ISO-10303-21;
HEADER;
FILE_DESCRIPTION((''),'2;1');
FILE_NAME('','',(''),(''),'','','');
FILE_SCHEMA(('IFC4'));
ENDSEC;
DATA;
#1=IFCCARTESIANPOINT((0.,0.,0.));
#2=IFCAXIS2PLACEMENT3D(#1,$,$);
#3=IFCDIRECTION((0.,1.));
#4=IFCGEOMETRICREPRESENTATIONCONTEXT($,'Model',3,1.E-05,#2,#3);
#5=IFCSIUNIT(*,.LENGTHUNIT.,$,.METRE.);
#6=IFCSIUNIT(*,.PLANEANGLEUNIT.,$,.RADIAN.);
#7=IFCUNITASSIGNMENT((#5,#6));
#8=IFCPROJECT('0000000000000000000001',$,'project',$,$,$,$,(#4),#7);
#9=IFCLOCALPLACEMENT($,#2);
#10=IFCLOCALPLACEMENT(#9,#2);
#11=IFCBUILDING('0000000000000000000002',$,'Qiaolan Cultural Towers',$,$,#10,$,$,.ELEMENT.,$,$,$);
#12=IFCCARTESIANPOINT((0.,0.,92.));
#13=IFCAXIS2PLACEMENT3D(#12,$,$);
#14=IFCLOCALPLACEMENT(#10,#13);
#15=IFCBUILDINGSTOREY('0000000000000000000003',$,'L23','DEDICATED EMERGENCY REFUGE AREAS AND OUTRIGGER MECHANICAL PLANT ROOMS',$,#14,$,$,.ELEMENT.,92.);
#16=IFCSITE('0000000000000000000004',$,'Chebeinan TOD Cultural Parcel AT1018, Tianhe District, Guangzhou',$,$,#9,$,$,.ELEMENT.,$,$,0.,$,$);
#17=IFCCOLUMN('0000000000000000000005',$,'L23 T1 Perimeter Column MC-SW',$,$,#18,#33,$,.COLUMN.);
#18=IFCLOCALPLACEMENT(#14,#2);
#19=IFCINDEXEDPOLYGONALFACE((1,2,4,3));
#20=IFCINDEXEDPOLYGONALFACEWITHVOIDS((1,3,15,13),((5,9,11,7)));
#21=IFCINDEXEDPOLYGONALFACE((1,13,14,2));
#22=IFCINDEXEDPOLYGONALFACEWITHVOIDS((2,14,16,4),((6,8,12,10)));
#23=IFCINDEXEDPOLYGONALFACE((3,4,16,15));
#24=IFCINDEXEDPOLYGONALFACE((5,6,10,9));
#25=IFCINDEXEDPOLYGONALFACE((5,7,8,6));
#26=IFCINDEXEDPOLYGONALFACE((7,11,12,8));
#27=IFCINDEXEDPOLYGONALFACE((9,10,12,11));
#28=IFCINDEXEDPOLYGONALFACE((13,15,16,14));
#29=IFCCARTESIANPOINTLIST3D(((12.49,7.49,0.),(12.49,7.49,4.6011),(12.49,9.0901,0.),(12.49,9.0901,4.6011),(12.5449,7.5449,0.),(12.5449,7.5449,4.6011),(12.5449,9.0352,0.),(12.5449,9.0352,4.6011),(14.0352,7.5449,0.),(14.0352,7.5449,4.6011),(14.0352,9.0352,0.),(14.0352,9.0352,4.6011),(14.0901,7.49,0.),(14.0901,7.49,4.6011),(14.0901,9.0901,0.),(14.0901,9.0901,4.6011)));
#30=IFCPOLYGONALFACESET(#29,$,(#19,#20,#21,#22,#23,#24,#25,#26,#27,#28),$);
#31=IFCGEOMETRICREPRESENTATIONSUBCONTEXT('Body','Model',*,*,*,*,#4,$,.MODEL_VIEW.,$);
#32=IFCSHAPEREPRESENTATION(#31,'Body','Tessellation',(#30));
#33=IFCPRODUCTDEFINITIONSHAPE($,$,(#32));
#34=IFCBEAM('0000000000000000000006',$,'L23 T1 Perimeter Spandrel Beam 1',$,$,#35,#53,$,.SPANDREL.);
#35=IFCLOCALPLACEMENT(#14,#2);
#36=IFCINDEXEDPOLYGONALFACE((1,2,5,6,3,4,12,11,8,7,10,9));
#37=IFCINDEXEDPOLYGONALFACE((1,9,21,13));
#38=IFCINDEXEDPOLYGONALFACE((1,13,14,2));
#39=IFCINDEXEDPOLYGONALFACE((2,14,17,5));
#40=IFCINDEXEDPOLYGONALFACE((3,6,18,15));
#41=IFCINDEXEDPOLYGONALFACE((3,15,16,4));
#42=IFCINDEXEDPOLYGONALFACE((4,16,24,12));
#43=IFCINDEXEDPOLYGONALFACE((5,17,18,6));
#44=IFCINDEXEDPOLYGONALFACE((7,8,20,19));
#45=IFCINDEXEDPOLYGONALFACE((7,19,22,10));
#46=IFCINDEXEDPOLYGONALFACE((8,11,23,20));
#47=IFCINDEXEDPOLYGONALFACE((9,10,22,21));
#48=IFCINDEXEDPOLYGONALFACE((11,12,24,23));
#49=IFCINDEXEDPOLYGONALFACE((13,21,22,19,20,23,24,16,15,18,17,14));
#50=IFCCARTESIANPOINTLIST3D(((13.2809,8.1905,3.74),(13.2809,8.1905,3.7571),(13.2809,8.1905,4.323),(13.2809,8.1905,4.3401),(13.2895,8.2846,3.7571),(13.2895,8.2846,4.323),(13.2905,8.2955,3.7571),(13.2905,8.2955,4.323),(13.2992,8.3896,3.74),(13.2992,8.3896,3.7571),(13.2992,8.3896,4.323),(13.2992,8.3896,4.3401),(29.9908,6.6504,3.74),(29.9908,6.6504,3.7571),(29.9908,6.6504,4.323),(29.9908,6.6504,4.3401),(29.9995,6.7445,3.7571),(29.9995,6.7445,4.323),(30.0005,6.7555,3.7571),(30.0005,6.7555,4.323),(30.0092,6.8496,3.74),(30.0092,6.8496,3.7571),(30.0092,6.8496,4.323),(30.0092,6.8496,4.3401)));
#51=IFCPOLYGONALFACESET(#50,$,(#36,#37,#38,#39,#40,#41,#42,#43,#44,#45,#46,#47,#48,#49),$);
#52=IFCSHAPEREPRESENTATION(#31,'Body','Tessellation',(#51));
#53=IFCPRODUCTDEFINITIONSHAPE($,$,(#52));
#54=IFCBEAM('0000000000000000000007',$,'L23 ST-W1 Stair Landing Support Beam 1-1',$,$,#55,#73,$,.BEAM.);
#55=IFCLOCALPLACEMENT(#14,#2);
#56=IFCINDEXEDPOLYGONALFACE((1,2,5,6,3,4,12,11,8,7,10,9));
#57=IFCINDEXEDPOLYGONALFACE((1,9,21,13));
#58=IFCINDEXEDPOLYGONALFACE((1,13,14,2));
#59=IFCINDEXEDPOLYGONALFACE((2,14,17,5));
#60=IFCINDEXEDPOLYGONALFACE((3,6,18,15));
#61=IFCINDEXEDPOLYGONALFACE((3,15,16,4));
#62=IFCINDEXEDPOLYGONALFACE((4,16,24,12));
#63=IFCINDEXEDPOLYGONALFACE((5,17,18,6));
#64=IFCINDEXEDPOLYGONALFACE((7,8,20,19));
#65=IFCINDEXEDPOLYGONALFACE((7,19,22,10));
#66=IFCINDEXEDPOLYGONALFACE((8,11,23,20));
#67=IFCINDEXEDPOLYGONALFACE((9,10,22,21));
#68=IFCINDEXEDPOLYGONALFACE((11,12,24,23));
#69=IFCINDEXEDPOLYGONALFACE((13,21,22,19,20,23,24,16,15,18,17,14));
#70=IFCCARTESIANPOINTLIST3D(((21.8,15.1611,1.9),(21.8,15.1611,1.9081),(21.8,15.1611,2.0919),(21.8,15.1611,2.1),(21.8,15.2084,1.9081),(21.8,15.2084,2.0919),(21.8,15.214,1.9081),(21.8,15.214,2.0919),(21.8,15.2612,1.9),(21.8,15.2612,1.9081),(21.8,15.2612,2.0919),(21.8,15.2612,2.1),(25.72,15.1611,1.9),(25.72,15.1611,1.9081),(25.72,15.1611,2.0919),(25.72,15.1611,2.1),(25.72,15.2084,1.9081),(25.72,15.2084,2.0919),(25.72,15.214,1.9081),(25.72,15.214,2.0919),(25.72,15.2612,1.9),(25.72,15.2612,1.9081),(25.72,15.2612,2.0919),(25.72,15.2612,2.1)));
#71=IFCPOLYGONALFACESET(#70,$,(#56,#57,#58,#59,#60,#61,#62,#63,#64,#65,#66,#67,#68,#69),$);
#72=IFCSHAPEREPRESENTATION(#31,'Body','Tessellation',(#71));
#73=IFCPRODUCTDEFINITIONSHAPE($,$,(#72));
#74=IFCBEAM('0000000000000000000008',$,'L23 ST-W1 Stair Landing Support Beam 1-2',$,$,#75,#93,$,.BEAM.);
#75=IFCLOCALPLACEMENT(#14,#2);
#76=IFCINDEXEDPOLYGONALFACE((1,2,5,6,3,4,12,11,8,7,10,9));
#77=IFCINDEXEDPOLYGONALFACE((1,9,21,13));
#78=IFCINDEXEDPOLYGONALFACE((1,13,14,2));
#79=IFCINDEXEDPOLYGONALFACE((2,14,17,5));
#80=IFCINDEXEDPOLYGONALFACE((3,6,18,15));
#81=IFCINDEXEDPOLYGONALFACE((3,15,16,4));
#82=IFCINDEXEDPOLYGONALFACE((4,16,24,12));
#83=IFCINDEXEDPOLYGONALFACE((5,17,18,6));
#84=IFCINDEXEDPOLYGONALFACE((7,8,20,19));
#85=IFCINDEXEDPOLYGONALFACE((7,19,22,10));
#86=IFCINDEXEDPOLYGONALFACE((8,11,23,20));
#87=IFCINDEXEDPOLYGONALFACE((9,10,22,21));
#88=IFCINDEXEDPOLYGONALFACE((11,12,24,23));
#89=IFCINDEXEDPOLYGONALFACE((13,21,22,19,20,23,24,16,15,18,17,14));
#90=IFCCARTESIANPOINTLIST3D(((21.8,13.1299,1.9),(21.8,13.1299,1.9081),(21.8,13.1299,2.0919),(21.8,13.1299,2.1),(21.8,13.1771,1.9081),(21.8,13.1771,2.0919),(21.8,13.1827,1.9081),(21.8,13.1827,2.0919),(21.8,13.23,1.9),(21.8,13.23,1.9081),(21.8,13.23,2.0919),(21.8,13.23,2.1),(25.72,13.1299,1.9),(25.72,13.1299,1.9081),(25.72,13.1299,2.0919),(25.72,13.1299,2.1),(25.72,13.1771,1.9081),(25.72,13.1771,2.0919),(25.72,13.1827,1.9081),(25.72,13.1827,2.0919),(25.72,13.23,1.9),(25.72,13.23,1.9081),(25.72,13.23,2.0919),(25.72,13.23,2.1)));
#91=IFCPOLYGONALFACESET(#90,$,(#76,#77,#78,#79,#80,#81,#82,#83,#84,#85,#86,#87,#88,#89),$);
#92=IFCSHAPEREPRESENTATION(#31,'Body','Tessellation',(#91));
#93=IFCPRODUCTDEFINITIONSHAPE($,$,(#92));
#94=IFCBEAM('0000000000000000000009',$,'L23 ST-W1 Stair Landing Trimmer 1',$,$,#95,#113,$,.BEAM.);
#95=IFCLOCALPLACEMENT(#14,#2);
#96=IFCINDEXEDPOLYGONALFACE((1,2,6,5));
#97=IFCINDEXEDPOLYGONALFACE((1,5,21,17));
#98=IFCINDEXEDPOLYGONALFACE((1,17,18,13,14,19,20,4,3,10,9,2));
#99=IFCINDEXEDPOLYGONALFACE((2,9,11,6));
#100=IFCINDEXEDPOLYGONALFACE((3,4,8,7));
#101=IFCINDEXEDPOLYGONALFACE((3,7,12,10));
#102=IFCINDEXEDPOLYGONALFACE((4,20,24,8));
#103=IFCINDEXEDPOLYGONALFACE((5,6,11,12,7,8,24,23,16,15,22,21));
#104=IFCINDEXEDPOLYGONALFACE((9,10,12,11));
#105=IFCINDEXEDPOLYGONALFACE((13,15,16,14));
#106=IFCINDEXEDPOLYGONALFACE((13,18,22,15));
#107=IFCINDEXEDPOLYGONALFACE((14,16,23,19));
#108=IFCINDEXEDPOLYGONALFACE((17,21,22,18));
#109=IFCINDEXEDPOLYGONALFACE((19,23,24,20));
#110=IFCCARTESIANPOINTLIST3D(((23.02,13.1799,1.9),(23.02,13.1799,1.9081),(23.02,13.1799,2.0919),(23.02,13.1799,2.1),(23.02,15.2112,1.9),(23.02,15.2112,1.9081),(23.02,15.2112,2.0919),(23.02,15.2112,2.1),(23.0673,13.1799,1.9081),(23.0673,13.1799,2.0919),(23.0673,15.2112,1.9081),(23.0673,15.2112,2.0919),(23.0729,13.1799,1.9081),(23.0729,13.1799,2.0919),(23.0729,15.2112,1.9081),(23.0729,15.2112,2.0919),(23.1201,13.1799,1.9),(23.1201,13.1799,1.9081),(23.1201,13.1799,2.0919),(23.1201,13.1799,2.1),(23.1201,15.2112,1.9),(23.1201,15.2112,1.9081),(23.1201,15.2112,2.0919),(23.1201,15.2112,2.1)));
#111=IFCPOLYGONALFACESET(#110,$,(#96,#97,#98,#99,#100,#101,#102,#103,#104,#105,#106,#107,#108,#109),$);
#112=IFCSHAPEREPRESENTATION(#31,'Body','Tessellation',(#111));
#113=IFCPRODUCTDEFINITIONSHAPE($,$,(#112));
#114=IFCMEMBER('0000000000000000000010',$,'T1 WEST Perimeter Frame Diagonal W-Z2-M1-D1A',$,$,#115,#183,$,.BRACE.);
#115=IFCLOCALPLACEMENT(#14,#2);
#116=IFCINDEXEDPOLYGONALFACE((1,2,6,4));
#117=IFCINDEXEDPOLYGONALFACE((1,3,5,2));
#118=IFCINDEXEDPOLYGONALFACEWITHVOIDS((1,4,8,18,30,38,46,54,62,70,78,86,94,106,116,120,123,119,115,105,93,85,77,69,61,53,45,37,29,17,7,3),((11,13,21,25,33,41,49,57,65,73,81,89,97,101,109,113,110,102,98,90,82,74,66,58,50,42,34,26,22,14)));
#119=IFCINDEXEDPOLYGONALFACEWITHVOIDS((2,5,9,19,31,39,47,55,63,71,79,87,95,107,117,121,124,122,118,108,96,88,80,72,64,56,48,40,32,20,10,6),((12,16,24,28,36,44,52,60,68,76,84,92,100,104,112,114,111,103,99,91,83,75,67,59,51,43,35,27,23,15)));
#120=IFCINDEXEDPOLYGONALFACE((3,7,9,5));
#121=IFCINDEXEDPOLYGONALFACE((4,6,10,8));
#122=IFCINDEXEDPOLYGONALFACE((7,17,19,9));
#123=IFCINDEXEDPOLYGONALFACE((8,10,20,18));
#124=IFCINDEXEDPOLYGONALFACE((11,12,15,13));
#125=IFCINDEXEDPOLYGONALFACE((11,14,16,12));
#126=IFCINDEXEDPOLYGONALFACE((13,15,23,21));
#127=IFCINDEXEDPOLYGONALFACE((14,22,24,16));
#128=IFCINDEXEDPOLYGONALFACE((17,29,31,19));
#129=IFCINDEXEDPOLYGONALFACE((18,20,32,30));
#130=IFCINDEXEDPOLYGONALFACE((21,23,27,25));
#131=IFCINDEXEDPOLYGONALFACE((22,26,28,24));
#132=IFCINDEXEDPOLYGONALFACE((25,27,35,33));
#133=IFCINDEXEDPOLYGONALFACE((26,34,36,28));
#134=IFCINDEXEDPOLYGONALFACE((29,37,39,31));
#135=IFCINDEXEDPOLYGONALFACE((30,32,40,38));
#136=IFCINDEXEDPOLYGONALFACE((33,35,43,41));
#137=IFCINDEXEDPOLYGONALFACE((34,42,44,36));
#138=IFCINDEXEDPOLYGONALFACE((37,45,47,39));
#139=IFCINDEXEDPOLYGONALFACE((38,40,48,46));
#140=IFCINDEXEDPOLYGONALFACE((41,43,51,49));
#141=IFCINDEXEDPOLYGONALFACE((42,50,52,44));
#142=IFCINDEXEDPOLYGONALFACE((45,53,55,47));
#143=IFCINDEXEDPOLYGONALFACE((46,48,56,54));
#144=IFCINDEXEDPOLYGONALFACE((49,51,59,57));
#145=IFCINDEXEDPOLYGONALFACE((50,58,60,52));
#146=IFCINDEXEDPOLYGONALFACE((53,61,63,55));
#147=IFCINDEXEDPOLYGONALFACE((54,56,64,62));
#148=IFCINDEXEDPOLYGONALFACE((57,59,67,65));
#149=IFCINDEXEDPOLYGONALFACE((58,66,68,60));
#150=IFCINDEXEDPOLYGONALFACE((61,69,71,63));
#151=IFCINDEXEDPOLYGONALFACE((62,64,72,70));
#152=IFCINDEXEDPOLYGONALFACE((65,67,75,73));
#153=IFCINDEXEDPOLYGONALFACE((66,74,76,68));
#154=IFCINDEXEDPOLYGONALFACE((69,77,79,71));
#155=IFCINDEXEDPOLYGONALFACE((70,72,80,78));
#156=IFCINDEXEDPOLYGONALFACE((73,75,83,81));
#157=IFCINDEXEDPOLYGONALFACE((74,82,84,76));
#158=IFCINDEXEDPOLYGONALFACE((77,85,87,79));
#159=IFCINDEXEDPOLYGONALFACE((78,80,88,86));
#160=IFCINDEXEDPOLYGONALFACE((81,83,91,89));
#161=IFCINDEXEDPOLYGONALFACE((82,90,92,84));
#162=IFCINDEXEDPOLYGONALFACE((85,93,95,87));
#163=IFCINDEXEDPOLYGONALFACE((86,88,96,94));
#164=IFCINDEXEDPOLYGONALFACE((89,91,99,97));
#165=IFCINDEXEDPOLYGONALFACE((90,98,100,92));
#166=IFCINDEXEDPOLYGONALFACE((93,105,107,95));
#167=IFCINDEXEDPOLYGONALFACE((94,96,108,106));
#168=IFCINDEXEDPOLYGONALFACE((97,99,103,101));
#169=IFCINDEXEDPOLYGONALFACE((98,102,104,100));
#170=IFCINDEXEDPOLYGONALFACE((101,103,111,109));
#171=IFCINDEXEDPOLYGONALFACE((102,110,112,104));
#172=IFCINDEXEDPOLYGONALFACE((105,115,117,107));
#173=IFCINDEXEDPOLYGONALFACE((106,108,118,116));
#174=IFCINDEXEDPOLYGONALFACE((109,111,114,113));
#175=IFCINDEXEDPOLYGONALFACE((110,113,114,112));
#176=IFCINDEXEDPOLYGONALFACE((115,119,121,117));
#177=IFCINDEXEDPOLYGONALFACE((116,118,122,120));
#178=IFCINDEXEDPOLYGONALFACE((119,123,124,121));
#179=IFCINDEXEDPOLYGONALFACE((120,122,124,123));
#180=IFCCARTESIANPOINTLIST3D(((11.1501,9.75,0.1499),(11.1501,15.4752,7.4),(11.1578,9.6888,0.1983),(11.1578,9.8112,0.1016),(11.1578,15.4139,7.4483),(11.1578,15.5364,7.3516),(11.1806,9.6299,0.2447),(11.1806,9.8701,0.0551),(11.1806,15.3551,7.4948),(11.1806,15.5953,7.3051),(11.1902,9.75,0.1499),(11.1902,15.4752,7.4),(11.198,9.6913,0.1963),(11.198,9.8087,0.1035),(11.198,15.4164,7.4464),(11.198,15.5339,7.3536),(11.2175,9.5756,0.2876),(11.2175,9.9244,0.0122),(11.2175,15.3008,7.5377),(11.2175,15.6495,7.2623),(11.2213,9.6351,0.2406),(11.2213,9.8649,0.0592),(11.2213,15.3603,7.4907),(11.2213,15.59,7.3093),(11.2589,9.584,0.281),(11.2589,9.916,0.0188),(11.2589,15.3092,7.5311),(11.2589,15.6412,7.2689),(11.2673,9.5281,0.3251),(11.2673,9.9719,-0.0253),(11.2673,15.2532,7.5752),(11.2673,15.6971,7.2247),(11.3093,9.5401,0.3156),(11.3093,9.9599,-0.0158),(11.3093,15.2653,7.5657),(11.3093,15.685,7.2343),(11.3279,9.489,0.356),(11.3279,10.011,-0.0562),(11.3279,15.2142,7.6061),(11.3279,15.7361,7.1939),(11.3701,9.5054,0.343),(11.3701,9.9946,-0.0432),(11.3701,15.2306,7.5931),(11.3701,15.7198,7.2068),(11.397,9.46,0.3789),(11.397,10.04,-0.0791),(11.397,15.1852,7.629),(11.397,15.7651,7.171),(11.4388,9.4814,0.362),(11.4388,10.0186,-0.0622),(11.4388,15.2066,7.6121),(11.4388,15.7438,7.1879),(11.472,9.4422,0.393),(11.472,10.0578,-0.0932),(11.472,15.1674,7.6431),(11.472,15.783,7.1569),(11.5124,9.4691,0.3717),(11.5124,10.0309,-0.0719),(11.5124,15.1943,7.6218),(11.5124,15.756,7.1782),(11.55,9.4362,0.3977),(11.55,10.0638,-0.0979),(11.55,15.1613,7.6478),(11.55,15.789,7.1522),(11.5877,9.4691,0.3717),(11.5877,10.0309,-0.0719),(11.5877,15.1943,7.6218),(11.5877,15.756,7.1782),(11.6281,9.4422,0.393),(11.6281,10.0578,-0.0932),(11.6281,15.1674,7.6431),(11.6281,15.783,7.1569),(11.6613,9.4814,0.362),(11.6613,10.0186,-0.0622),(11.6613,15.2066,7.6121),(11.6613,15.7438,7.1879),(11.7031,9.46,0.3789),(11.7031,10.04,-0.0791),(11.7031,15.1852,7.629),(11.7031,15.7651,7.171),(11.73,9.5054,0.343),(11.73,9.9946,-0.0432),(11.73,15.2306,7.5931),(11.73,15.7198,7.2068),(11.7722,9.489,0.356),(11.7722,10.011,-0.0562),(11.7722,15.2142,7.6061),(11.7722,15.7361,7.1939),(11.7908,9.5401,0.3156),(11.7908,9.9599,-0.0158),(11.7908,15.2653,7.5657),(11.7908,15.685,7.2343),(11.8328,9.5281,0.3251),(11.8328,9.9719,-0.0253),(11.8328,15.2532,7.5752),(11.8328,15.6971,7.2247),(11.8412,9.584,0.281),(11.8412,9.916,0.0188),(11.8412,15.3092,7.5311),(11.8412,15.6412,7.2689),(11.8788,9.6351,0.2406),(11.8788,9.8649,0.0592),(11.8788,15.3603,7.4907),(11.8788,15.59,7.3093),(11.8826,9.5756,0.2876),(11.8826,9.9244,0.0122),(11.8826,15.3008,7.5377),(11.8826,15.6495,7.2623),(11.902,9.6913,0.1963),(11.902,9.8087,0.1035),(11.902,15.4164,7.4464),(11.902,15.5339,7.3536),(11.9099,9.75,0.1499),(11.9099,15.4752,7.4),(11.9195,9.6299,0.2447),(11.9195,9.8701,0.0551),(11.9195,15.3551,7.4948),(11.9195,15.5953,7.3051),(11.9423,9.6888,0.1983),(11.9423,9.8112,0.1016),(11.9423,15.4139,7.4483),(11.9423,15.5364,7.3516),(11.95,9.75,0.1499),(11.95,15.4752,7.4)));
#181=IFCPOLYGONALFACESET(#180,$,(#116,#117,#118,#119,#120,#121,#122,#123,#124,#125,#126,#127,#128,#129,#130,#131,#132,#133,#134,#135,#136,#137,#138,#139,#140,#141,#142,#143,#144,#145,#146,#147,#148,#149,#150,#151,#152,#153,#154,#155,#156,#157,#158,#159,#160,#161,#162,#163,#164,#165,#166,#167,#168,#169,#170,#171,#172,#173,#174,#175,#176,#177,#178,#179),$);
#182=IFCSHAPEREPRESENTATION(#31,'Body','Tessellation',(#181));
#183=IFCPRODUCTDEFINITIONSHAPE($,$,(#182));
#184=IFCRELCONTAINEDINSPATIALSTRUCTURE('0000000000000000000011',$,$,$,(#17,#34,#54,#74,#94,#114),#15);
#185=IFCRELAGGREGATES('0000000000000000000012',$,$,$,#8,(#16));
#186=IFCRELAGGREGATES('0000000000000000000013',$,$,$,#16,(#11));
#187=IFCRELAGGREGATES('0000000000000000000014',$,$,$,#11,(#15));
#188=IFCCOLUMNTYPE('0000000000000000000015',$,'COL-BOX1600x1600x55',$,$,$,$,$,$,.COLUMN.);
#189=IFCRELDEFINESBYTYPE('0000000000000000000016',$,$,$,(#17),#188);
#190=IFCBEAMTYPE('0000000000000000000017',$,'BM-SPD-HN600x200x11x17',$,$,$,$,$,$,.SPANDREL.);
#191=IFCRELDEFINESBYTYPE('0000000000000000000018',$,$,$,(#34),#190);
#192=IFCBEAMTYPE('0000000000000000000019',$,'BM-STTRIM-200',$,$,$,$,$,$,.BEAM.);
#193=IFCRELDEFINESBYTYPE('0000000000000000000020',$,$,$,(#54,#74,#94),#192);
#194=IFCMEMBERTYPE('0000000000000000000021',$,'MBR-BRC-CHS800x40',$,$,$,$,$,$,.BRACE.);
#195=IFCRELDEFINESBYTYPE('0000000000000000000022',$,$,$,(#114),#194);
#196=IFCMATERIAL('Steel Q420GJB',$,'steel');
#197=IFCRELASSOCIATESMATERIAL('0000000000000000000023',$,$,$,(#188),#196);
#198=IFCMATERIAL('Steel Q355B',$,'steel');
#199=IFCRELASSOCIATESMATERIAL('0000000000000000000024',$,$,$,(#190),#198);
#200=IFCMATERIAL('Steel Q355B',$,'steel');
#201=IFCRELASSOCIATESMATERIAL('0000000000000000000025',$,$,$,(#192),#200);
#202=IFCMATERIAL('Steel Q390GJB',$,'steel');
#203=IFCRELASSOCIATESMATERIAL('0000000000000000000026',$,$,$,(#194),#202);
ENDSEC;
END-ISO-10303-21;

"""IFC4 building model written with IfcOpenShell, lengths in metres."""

from ifc_helpers import new_model, si_unit, direction, frame, origin, origin_2d, place, context, subcontext, project, spatial, hollow_rectangle, hollow_circle, i_section, extrude, material, material_profile, profile_set, type_object, element, save


model = new_model("IFC4")

# Units and contexts
model_context = context("Model", 3, precision=1e-05, world=origin(), true_north=direction((0.0, 1.0)))
body_context = subcontext(model_context, "Body", "Model", "MODEL_VIEW")
ifc_project = project(units=[si_unit("LENGTHUNIT", "METRE"), si_unit("PLANEANGLEUNIT", "RADIAN")], contexts=[model_context])

# Site, building, storey
site_placement = place(None, origin())
site = spatial("IfcSite", under=ifc_project, at=site_placement, Name="Chebeinan TOD Cultural Parcel AT1018, Tianhe District, Guangzhou", CompositionType="ELEMENT", RefElevation=0.0)
building_placement = place(site_placement, origin())
building = spatial("IfcBuilding", under=site, at=building_placement, Name="Qiaolan Cultural Towers", CompositionType="ELEMENT")
storey_placement = place(building_placement, frame((0.0, 0.0, 92.0)))
storey = spatial("IfcBuildingStorey", under=building, at=storey_placement, Name="L23", Description="DEDICATED EMERGENCY REFUGE AREAS AND OUTRIGGER MECHANICAL PLANT ROOMS", CompositionType="ELEMENT", Elevation=92.0)

# Column
ifc_material_1 = material(Name="Steel Q420GJB", Category="steel")
ifc_material_profile_1 = material_profile(ifc_material_1, hollow_rectangle(XDim=1.6001, YDim=1.6001, WallThickness=0.0549, at=origin_2d()), Name="BOX1600x1600x55")
ifc_profile_set_1 = profile_set([ifc_material_profile_1], Name="Steel Q420GJB")
column_type = type_object("IfcColumnType", Name="COL-BOX1600x1600x55", PredefinedType="COLUMN", material=ifc_profile_set_1)
column_placement = place(storey_placement, frame((13.29, 8.29, 0.0), z_axis=(0.0, 0.0, 1.0), x_axis=(1.0, 0.0, 0.0)))
element("IfcColumn", 1, at=column_placement, inside=storey, type_object=column_type, Name="L23 T1 Perimeter Column MC-SW", PredefinedType="COLUMN", context=body_context, shape_type="SweptSolid", body=[
    extrude(hollow_rectangle(XDim=1.6001, YDim=1.6001, WallThickness=0.0549, at=origin_2d()), origin(), (0.0, 0.0, 1.0), 4.6011),
])

# Beams
ifc_material_2 = material(Name="Steel Q355B", Category="steel")
ifc_material_profile_2 = material_profile(ifc_material_2, i_section(OverallWidth=0.2, OverallDepth=0.6001, WebThickness=0.011, FlangeThickness=0.0171, at=origin_2d()), Name="HN600x200x11x17")
ifc_profile_set_2 = profile_set([ifc_material_profile_2], Name="Steel Q355B")
beam_type_1 = type_object("IfcBeamType", Name="BM-SPD-HN600x200x11x17", PredefinedType="SPANDREL", material=ifc_profile_set_2)
beam_1_placement = place(storey_placement, frame((13.29, 8.29, 4.04), z_axis=(0.99578, -0.091774, 0.0), x_axis=(0.091774, 0.99578, 0.0)))
element("IfcBeam", 2, at=beam_1_placement, inside=storey, type_object=beam_type_1, Name="L23 T1 Perimeter Spandrel Beam 1", PredefinedType="SPANDREL", context=body_context, shape_type="SweptSolid", body=[
    extrude(i_section(OverallWidth=0.2, OverallDepth=0.6001, WebThickness=0.011, FlangeThickness=0.0171, at=origin_2d()), origin(), (0.0, 0.0, 1.0), 16.7808),
])
ifc_material_3 = material(Name="Steel Q355B", Category="steel")
ifc_material_profile_3 = material_profile(ifc_material_3, i_section(OverallWidth=0.1001, OverallDepth=0.2, WebThickness=0.0056, FlangeThickness=0.0081, at=origin_2d()), Name="HN200x100x5.5x8")
ifc_profile_set_3 = profile_set([ifc_material_profile_3], Name="Steel Q355B")
beam_type_2 = type_object("IfcBeamType", Name="BM-STTRIM-200", PredefinedType="BEAM", material=ifc_profile_set_3)
for number, where, z_axis, x_axis, name in (
    (3, (21.8, 15.2112, 2.0), (1.0, 0.0, 0.0), (0.0, 1.0, 0.0), "L23 ST-W1 Stair Landing Support Beam 1-1"),
    (4, (21.8, 13.1799, 2.0), (1.0, 0.0, 0.0), (0.0, 1.0, 0.0), "L23 ST-W1 Stair Landing Support Beam 1-2"),
):
    element("IfcBeam", number, at=place(storey_placement, frame(where, z_axis=z_axis, x_axis=x_axis)), inside=storey, type_object=beam_type_2, Name=name, PredefinedType="BEAM", context=body_context, shape_type="SweptSolid", body=[
        extrude(i_section(OverallWidth=0.1001, OverallDepth=0.2, WebThickness=0.0056, FlangeThickness=0.0081, at=origin_2d()), origin(), (0.0, 0.0, 1.0), 3.9199),
    ])
beam_2_placement = place(storey_placement, frame((23.0701, 15.2112, 2.0), z_axis=(0.0, -1.0, 0.0), x_axis=(1.0, 0.0, 0.0)))
element("IfcBeam", 5, at=beam_2_placement, inside=storey, type_object=beam_type_2, Name="L23 ST-W1 Stair Landing Trimmer 1", PredefinedType="BEAM", context=body_context, shape_type="SweptSolid", body=[
    extrude(i_section(OverallWidth=0.1001, OverallDepth=0.2, WebThickness=0.0056, FlangeThickness=0.0081, at=origin_2d()), origin(), (0.0, 0.0, 1.0), 2.0312),
])

# Member
ifc_material_4 = material(Name="Steel Q390GJB", Category="steel")
ifc_material_profile_4 = material_profile(ifc_material_4, hollow_circle(Radius=0.3999, WallThickness=0.04, at=origin_2d()), Name="CHS800x40")
ifc_profile_set_4 = profile_set([ifc_material_profile_4], Name="Steel Q390GJB")
member_type = type_object("IfcMemberType", Name="MBR-BRC-CHS800x40", PredefinedType="BRACE", material=ifc_profile_set_4)
member_1_placement = place(storey_placement, frame((11.55, 9.75, 0.1499), z_axis=(0.0, 0.619739, 0.784808), x_axis=(-1.0, 0.0, 0.0)))
element("IfcMember", 6, at=member_1_placement, inside=storey, type_object=member_type, Name="T1 WEST Perimeter Frame Diagonal W-Z2-M1-D1A", PredefinedType="BRACE", context=body_context, shape_type="SweptSolid", body=[
    extrude(hollow_circle(Radius=0.3999, WallThickness=0.04, at=origin_2d()), origin(), (0.0, 0.0, 1.0), 9.238),
])

save(model, "model.ifc")
